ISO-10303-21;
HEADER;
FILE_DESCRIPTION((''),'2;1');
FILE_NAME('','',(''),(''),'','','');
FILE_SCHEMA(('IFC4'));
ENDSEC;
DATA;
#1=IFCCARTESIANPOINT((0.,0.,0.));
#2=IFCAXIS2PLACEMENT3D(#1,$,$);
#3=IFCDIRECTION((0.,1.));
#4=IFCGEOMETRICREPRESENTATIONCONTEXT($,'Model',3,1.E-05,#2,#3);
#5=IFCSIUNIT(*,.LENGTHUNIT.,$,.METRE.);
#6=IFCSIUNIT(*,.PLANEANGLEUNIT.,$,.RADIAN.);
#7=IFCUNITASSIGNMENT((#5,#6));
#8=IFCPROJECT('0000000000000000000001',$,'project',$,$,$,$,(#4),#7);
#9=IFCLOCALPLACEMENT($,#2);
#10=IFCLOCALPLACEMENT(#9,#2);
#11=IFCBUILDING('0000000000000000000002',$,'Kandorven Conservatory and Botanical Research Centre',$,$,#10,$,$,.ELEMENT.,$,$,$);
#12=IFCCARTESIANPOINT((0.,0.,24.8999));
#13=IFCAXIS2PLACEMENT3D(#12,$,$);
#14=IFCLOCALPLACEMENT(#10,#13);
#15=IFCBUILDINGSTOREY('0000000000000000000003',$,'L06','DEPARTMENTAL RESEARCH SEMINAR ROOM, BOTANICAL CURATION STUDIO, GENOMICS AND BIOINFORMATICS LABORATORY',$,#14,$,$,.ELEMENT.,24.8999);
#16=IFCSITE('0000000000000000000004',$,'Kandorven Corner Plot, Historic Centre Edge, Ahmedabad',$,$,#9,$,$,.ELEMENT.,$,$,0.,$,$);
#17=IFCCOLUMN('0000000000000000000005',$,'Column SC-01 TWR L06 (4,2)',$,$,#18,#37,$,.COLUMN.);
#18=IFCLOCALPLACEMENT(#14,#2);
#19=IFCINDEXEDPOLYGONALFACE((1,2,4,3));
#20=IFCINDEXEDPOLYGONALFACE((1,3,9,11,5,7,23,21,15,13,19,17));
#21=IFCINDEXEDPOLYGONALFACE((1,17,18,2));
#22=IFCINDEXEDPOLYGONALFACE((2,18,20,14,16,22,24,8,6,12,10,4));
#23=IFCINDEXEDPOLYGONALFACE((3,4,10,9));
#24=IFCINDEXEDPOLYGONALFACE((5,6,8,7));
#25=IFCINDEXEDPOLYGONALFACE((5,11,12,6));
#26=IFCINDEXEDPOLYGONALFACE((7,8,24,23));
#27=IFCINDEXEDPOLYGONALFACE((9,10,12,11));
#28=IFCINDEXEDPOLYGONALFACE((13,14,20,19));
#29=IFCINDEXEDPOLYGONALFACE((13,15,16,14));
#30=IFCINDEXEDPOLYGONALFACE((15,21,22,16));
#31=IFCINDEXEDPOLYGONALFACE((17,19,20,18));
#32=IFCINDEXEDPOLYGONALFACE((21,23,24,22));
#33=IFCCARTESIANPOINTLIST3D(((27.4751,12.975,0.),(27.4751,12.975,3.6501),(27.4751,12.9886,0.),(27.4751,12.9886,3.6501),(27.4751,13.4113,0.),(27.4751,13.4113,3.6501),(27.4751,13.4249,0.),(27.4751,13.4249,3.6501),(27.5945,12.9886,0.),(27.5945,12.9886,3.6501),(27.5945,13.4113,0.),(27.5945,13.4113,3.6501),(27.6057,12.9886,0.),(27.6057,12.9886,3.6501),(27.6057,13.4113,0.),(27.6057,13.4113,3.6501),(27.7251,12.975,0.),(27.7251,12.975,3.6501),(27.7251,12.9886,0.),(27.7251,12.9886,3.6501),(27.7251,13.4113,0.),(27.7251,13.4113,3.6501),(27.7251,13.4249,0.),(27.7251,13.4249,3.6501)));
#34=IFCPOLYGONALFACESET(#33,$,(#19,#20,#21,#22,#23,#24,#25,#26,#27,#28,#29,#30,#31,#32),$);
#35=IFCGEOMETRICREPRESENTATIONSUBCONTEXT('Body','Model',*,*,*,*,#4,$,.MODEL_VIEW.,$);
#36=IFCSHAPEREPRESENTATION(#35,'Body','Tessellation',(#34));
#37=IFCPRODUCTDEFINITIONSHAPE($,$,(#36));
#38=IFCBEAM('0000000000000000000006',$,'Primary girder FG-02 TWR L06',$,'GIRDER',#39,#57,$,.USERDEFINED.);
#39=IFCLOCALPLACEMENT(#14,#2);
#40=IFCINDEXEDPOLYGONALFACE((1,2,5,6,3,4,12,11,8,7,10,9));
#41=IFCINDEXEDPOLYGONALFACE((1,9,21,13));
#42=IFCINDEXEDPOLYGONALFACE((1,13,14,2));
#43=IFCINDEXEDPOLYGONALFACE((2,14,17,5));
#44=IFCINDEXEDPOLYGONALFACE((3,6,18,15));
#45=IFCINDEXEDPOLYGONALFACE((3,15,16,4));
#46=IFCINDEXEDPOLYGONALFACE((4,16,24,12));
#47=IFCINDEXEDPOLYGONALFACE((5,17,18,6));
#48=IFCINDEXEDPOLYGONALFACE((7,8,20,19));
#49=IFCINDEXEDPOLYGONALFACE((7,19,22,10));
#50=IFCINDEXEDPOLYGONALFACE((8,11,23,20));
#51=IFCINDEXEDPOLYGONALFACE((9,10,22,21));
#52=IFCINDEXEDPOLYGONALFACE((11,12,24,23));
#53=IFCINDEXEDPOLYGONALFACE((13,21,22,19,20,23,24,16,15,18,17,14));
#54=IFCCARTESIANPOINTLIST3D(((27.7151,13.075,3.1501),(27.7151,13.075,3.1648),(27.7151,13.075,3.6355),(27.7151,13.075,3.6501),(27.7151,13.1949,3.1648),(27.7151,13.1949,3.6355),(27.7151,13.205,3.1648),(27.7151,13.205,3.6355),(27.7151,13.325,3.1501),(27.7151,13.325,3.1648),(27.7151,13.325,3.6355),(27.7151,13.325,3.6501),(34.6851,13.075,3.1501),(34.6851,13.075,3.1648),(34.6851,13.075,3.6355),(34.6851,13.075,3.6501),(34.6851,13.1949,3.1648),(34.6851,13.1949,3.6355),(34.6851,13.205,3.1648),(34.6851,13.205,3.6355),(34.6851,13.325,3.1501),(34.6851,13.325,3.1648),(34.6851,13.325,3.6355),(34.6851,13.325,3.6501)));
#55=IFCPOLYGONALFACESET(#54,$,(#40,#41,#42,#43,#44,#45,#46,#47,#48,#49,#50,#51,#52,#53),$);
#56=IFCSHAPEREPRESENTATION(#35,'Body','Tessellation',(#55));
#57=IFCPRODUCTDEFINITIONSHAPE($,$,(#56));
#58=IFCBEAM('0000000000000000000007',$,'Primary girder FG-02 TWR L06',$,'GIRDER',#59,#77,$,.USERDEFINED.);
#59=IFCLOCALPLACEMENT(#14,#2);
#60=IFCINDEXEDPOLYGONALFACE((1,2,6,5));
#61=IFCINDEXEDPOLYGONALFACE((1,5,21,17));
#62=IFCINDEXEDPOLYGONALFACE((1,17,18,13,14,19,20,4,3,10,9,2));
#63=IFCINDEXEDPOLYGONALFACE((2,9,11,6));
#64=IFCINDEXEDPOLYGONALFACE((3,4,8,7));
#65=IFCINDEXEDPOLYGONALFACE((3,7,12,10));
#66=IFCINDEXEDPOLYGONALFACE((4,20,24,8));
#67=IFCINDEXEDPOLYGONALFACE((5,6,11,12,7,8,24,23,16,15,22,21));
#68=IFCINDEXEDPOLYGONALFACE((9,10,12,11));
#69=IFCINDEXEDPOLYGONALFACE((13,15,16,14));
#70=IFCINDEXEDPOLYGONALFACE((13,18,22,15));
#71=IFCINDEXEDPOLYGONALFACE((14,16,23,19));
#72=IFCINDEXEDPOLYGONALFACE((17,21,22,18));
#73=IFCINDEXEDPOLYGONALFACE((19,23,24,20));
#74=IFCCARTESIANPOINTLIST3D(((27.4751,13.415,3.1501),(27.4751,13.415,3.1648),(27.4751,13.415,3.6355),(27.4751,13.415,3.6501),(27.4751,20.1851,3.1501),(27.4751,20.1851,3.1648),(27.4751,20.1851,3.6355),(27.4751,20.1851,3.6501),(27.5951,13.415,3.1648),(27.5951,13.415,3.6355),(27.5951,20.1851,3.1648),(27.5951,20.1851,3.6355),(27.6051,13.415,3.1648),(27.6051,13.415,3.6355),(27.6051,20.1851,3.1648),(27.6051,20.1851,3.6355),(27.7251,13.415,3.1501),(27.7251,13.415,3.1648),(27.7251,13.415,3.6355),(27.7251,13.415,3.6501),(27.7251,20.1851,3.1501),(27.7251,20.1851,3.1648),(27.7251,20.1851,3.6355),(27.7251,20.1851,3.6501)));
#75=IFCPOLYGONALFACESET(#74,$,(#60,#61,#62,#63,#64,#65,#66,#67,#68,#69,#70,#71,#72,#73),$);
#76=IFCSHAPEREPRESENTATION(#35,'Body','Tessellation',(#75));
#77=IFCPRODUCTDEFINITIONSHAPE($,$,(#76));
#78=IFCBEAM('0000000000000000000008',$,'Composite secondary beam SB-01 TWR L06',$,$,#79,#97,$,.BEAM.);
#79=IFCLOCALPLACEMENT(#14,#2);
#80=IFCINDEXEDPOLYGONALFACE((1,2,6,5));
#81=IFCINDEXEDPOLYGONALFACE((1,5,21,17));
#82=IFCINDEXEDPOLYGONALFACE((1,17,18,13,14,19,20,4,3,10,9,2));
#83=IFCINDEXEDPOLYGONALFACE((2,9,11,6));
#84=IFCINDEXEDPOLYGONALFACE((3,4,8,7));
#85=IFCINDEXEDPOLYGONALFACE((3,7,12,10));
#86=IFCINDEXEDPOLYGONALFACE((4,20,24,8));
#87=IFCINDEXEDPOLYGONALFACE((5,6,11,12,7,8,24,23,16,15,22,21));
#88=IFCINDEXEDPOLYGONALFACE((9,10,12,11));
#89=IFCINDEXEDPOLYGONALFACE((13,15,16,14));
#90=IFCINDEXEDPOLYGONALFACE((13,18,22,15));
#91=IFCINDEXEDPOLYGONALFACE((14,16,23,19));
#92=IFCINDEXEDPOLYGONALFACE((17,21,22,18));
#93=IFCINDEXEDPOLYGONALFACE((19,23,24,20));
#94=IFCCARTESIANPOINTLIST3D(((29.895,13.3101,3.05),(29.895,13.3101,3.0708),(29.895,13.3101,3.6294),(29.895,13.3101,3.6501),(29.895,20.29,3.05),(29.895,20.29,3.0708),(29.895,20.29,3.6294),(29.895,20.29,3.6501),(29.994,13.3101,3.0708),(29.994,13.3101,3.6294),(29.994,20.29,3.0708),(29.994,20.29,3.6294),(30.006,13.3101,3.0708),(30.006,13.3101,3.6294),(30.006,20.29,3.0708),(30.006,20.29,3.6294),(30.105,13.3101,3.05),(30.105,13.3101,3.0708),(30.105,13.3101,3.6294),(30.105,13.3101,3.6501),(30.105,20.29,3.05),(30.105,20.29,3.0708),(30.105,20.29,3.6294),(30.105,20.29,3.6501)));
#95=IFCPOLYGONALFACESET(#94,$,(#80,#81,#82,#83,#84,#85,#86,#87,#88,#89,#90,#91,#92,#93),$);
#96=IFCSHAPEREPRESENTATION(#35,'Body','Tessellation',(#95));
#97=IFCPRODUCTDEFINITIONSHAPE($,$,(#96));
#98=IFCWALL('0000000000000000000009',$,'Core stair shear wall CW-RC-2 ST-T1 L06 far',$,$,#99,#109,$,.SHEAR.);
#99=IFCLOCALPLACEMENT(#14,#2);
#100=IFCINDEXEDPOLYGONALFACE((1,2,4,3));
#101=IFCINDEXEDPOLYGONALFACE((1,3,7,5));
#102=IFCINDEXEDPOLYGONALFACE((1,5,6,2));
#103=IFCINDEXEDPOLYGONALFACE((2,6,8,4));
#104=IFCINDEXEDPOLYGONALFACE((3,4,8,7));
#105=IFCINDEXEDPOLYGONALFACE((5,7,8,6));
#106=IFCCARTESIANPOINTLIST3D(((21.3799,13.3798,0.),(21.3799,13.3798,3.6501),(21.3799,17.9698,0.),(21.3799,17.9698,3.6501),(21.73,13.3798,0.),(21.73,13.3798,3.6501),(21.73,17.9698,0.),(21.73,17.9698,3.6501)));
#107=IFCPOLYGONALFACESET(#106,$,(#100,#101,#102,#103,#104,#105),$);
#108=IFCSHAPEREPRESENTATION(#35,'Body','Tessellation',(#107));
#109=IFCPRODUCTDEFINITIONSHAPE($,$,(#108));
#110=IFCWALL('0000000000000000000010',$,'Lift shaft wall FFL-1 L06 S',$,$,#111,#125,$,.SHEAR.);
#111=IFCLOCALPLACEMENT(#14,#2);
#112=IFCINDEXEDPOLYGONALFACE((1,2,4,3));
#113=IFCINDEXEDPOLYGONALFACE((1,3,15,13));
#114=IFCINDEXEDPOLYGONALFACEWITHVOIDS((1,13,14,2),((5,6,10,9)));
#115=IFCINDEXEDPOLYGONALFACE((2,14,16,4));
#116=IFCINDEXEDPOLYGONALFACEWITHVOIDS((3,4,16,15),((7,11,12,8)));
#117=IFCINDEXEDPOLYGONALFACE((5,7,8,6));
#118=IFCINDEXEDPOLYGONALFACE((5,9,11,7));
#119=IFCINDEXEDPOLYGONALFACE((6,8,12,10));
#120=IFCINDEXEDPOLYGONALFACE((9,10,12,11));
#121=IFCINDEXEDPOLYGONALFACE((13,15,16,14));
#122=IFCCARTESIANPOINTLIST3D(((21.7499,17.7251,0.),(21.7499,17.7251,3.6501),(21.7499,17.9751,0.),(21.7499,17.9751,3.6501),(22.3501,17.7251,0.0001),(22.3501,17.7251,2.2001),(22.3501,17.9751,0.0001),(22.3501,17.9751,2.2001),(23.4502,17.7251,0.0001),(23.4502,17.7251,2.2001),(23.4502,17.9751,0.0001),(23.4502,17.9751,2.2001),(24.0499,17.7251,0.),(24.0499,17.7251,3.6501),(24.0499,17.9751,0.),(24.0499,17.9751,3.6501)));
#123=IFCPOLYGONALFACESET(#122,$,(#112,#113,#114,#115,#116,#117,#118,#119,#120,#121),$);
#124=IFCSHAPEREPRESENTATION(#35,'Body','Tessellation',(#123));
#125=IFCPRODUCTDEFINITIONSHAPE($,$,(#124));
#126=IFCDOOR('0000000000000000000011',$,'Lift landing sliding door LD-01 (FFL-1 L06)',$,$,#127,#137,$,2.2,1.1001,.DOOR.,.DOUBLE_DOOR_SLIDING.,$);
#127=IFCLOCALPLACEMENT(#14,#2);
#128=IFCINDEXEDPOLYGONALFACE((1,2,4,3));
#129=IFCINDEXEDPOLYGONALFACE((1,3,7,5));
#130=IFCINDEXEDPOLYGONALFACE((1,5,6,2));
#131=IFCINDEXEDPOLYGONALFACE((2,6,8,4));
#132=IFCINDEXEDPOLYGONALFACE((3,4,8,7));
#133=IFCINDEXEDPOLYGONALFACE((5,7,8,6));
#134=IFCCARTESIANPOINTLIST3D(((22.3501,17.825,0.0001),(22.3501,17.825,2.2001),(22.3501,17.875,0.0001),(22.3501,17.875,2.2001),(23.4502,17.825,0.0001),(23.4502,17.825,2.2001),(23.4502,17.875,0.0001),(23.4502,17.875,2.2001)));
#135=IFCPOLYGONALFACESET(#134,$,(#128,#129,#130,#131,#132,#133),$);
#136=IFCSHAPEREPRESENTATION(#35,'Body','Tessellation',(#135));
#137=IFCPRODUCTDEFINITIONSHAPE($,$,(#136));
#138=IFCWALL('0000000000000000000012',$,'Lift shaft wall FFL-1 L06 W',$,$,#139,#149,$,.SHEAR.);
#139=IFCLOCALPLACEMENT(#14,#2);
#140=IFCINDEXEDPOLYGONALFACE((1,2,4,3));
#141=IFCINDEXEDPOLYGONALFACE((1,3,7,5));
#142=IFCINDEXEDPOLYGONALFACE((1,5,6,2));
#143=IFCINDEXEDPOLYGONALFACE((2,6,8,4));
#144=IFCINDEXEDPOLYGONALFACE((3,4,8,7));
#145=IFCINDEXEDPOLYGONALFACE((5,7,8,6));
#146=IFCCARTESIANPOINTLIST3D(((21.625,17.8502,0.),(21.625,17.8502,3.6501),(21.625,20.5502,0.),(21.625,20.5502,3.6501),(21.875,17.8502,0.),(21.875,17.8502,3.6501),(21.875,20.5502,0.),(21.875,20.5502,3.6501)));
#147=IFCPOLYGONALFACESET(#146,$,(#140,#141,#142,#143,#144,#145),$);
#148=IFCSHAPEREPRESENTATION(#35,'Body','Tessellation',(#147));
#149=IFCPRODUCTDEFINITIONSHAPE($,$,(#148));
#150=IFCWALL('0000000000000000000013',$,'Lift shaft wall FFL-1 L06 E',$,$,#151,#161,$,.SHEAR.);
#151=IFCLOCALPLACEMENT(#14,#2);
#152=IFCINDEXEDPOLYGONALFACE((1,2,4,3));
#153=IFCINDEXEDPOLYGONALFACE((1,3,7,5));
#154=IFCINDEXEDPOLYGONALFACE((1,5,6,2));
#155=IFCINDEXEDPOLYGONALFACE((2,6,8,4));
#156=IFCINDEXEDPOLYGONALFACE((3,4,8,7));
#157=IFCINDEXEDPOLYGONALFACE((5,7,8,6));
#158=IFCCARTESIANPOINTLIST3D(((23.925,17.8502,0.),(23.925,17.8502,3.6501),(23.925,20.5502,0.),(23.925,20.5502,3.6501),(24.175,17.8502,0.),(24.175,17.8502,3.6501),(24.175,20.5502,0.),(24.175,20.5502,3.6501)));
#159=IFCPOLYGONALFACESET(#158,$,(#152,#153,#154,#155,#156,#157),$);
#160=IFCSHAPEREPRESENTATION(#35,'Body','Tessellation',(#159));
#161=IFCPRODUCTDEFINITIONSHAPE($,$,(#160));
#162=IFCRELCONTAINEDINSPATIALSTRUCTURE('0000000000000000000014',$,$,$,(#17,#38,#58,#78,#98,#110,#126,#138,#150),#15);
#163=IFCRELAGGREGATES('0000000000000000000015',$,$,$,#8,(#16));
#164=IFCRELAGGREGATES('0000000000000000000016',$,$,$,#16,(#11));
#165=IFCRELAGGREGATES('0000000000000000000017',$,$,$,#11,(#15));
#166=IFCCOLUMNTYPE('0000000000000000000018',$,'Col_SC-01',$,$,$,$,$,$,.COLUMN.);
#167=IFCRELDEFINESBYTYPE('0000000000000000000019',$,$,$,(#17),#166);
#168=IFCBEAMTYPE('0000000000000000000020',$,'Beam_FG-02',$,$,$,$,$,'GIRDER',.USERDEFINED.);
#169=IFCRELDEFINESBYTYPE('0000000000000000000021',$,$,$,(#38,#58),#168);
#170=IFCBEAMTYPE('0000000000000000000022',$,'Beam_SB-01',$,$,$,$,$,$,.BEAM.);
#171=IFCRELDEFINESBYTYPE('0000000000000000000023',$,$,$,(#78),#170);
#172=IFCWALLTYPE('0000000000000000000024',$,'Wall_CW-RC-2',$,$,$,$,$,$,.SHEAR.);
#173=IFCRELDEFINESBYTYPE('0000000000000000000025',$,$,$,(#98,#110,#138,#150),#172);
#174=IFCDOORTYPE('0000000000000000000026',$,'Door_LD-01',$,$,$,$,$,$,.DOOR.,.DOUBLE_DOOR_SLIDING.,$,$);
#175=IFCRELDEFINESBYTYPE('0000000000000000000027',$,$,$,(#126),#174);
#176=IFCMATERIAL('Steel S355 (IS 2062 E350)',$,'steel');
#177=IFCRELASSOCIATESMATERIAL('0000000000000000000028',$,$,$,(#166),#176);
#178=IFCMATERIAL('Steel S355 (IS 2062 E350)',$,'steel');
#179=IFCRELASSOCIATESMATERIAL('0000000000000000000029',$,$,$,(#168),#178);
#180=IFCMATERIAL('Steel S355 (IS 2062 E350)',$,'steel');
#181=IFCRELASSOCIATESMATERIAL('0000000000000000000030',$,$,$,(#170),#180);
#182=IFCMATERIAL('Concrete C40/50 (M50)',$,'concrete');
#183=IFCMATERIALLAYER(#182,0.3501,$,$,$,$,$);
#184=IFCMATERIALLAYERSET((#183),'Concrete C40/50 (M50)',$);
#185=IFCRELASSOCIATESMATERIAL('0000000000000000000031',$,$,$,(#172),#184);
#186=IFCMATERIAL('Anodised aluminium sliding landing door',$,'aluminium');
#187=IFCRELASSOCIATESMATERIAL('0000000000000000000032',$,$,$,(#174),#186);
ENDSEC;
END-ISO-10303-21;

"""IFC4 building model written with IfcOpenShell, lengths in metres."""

from ifc_helpers import new_model, si_unit, direction, frame, frame_2d, origin, origin_2d, place, context, subcontext, project, spatial, rectangle, i_section, extrude, material, layer, layer_set, material_profile, profile_set, type_object, element, fill, save


model = new_model("IFC4")

# Units and contexts
model_context = context("Model", 3, precision=1e-05, world=origin(), true_north=direction((0.0, 1.0)))
body_context = subcontext(model_context, "Body", "Model", "MODEL_VIEW")
ifc_project = project(units=[si_unit("LENGTHUNIT", "METRE"), si_unit("PLANEANGLEUNIT", "RADIAN")], contexts=[model_context])

# Site, building, storey
site_placement = place(None, origin())
site = spatial("IfcSite", under=ifc_project, at=site_placement, Name="Kandorven Corner Plot, Historic Centre Edge, Ahmedabad", CompositionType="ELEMENT", RefElevation=0.0)
building_placement = place(site_placement, origin())
building = spatial("IfcBuilding", under=site, at=building_placement, Name="Kandorven Conservatory and Botanical Research Centre", CompositionType="ELEMENT")
storey_placement = place(building_placement, frame((0.0, 0.0, 24.8999)))
storey = spatial("IfcBuildingStorey", under=building, at=storey_placement, Name="L06", Description="DEPARTMENTAL RESEARCH SEMINAR ROOM, BOTANICAL CURATION STUDIO, GENOMICS AND BIOINFORMATICS LABORATORY", CompositionType="ELEMENT", Elevation=24.8999)

# Column
ifc_material_1 = material(Name="Steel S355 (IS 2062 E350)", Category="steel")
ifc_material_profile_1 = material_profile(ifc_material_1, i_section(OverallWidth=0.25, OverallDepth=0.45, WebThickness=0.0112, FlangeThickness=0.0137, at=origin_2d()))
ifc_profile_set_1 = profile_set([ifc_material_profile_1], Name="Steel S355 (IS 2062 E350)")
column_type = type_object("IfcColumnType", Name="Col_SC-01", PredefinedType="COLUMN", material=ifc_profile_set_1)
column_placement = place(storey_placement, frame((27.6001, 13.2, 0.0), z_axis=(0.0, 0.0, 1.0), x_axis=(1.0, 0.0, 0.0)))
element("IfcColumn", 1, at=column_placement, inside=storey, type_object=column_type, Name="Column SC-01 TWR L06 (4,2)", PredefinedType="COLUMN", context=body_context, shape_type="SweptSolid", body=[
    extrude(i_section(OverallWidth=0.25, OverallDepth=0.45, WebThickness=0.0112, FlangeThickness=0.0137, at=origin_2d()), origin(), (0.0, 0.0, 1.0), 3.6501),
])

# Beams
ifc_material_2 = material(Name="Steel S355 (IS 2062 E350)", Category="steel")
ifc_material_profile_2 = material_profile(ifc_material_2, i_section(OverallWidth=0.25, OverallDepth=0.5, WebThickness=0.01, FlangeThickness=0.0146, at=origin_2d()))
ifc_profile_set_2 = profile_set([ifc_material_profile_2], Name="Steel S355 (IS 2062 E350)")
beam_type_1 = type_object("IfcBeamType", Name="Beam_FG-02", ElementType="GIRDER", PredefinedType="USERDEFINED", material=ifc_profile_set_2)
beam_1_placement = place(storey_placement, frame((27.7151, 13.2, 3.4001), z_axis=(1.0, 0.0, 0.0), x_axis=(0.0, 1.0, 0.0)))
element("IfcBeam", 2, at=beam_1_placement, inside=storey, type_object=beam_type_1, Name="Primary girder FG-02 TWR L06", ObjectType="GIRDER", PredefinedType="USERDEFINED", context=body_context, shape_type="SweptSolid", body=[
    extrude(i_section(OverallWidth=0.25, OverallDepth=0.5, WebThickness=0.01, FlangeThickness=0.0146, at=origin_2d()), origin(), (0.0, 0.0, 1.0), 6.97),
])
beam_2_placement = place(storey_placement, frame((27.6001, 13.415, 3.4001), z_axis=(0.0, 1.0, 0.0), x_axis=(-1.0, 0.0, 0.0)))
element("IfcBeam", 3, at=beam_2_placement, inside=storey, type_object=beam_type_1, Name="Primary girder FG-02 TWR L06", ObjectType="GIRDER", PredefinedType="USERDEFINED", context=body_context, shape_type="SweptSolid", body=[
    extrude(i_section(OverallWidth=0.25, OverallDepth=0.5, WebThickness=0.01, FlangeThickness=0.0146, at=origin_2d()), origin(), (0.0, 0.0, 1.0), 6.77),
])
ifc_material_3 = material(Name="Steel S355 (IS 2062 E350)", Category="steel")
ifc_material_profile_3 = material_profile(ifc_material_3, i_section(OverallWidth=0.21, OverallDepth=0.6001, WebThickness=0.012, FlangeThickness=0.0208, at=origin_2d()))
ifc_profile_set_3 = profile_set([ifc_material_profile_3], Name="Steel S355 (IS 2062 E350)")
beam_type_2 = type_object("IfcBeamType", Name="Beam_SB-01", PredefinedType="BEAM", material=ifc_profile_set_3)
beam_3_placement = place(storey_placement, frame((30.0, 13.3101, 3.3501), z_axis=(0.0, 1.0, 0.0), x_axis=(-1.0, 0.0, 0.0)))
element("IfcBeam", 4, at=beam_3_placement, inside=storey, type_object=beam_type_2, Name="Composite secondary beam SB-01 TWR L06", PredefinedType="BEAM", context=body_context, shape_type="SweptSolid", body=[
    extrude(i_section(OverallWidth=0.21, OverallDepth=0.6001, WebThickness=0.012, FlangeThickness=0.0208, at=origin_2d()), origin(), (0.0, 0.0, 1.0), 6.98),
])

# Wall
ifc_material_4 = material(Name="Concrete C40/50 (M50)", Category="concrete")
ifc_layer_1 = layer(ifc_material_4, 0.3501)
ifc_layer_set_1 = layer_set([ifc_layer_1], Name="Concrete C40/50 (M50)")
wall_type_1 = type_object("IfcWallType", Name="Wall_CW-RC-2", PredefinedType="SHEAR", material=ifc_layer_set_1)
wall_1_placement = place(storey_placement, frame((21.5549, 13.3799, 0.0), z_axis=(0.0, 0.0, 1.0), x_axis=(0.0, 1.0, 0.0)))
element("IfcWall", 5, at=wall_1_placement, inside=storey, type_object=wall_type_1, Name="Core stair shear wall CW-RC-2 ST-T1 L06 far", PredefinedType="SHEAR", context=body_context, shape_type="SweptSolid", body=[
    extrude(rectangle(XDim=4.5901, YDim=0.3501, at=frame_2d((2.2949, 0.0))), origin(), (0.0, 0.0, 1.0), 3.6501),
])

# Wall, opening, door
wall_2_placement = place(storey_placement, frame((21.75, 17.8501, 0.0), z_axis=(0.0, 0.0, 1.0), x_axis=(1.0, 0.0, 0.0)))
wall_2 = element("IfcWall", 6, at=wall_2_placement, inside=storey, type_object=wall_type_1, Name="Lift shaft wall FFL-1 L06 S", PredefinedType="SHEAR", context=body_context, shape_type="SweptSolid", body=[
    extrude(rectangle(XDim=2.3, YDim=0.25, at=frame_2d((1.1499, 0.0))), origin(), (0.0, 0.0, 1.0), 3.6501),
])
opening_1_placement = place(wall_2_placement, frame((0.6001, 0.0, 0.0)))
opening_1 = element("IfcOpeningElement", 7, at=opening_1_placement, cuts=wall_2, PredefinedType="OPENING", context=body_context, shape_type="SweptSolid", body=[
    extrude(rectangle(XDim=1.1001, YDim=2.2, at=frame_2d((0.55, 1.1001))), frame((0.0, 0.135, 0.0), z_axis=(0.0, -1.0, 0.0), x_axis=(1.0, 0.0, 0.0)), (0.0, 0.0, 1.0), 0.27),
])
ifc_material_5 = material(Name="Anodised aluminium sliding landing door", Category="aluminium")
door_type_1 = type_object("IfcDoorType", Name="Door_LD-01", OperationType="DOUBLE_DOOR_SLIDING", PredefinedType="DOOR", material=ifc_material_5)
door_1_placement = place(opening_1_placement, origin())
door_1 = element("IfcDoor", 8, at=door_1_placement, inside=storey, type_object=door_type_1, Name="Lift landing sliding door LD-01 (FFL-1 L06)", OperationType="DOUBLE_DOOR_SLIDING", OverallHeight=2.2, OverallWidth=1.1001, PredefinedType="DOOR", context=body_context, shape_type="SweptSolid", body=[
    extrude(rectangle(XDim=1.1001, YDim=2.2, at=frame_2d((0.55, 1.1001))), frame((0.0, 0.0249, 0.0), z_axis=(0.0, -1.0, 0.0), x_axis=(1.0, 0.0, 0.0)), (0.0, 0.0, 1.0), 0.05),
])
fill(opening_1, door_1)

# Walls
for number, where, z_axis, x_axis, name in (
    (9, (21.75, 17.8501, 0.0), (0.0, 0.0, 1.0), (0.0, 1.0, 0.0), "Lift shaft wall FFL-1 L06 W"),
    (10, (24.05, 17.8501, 0.0), (0.0, 0.0, 1.0), (0.0, 1.0, 0.0), "Lift shaft wall FFL-1 L06 E"),
):
    element("IfcWall", number, at=place(storey_placement, frame(where, z_axis=z_axis, x_axis=x_axis)), inside=storey, type_object=wall_type_1, Name=name, PredefinedType="SHEAR", context=body_context, shape_type="SweptSolid", body=[
        extrude(rectangle(XDim=2.7, YDim=0.25, at=frame_2d((1.3501, 0.0))), origin(), (0.0, 0.0, 1.0), 3.6501),
    ])

save(model, "model.ifc")
